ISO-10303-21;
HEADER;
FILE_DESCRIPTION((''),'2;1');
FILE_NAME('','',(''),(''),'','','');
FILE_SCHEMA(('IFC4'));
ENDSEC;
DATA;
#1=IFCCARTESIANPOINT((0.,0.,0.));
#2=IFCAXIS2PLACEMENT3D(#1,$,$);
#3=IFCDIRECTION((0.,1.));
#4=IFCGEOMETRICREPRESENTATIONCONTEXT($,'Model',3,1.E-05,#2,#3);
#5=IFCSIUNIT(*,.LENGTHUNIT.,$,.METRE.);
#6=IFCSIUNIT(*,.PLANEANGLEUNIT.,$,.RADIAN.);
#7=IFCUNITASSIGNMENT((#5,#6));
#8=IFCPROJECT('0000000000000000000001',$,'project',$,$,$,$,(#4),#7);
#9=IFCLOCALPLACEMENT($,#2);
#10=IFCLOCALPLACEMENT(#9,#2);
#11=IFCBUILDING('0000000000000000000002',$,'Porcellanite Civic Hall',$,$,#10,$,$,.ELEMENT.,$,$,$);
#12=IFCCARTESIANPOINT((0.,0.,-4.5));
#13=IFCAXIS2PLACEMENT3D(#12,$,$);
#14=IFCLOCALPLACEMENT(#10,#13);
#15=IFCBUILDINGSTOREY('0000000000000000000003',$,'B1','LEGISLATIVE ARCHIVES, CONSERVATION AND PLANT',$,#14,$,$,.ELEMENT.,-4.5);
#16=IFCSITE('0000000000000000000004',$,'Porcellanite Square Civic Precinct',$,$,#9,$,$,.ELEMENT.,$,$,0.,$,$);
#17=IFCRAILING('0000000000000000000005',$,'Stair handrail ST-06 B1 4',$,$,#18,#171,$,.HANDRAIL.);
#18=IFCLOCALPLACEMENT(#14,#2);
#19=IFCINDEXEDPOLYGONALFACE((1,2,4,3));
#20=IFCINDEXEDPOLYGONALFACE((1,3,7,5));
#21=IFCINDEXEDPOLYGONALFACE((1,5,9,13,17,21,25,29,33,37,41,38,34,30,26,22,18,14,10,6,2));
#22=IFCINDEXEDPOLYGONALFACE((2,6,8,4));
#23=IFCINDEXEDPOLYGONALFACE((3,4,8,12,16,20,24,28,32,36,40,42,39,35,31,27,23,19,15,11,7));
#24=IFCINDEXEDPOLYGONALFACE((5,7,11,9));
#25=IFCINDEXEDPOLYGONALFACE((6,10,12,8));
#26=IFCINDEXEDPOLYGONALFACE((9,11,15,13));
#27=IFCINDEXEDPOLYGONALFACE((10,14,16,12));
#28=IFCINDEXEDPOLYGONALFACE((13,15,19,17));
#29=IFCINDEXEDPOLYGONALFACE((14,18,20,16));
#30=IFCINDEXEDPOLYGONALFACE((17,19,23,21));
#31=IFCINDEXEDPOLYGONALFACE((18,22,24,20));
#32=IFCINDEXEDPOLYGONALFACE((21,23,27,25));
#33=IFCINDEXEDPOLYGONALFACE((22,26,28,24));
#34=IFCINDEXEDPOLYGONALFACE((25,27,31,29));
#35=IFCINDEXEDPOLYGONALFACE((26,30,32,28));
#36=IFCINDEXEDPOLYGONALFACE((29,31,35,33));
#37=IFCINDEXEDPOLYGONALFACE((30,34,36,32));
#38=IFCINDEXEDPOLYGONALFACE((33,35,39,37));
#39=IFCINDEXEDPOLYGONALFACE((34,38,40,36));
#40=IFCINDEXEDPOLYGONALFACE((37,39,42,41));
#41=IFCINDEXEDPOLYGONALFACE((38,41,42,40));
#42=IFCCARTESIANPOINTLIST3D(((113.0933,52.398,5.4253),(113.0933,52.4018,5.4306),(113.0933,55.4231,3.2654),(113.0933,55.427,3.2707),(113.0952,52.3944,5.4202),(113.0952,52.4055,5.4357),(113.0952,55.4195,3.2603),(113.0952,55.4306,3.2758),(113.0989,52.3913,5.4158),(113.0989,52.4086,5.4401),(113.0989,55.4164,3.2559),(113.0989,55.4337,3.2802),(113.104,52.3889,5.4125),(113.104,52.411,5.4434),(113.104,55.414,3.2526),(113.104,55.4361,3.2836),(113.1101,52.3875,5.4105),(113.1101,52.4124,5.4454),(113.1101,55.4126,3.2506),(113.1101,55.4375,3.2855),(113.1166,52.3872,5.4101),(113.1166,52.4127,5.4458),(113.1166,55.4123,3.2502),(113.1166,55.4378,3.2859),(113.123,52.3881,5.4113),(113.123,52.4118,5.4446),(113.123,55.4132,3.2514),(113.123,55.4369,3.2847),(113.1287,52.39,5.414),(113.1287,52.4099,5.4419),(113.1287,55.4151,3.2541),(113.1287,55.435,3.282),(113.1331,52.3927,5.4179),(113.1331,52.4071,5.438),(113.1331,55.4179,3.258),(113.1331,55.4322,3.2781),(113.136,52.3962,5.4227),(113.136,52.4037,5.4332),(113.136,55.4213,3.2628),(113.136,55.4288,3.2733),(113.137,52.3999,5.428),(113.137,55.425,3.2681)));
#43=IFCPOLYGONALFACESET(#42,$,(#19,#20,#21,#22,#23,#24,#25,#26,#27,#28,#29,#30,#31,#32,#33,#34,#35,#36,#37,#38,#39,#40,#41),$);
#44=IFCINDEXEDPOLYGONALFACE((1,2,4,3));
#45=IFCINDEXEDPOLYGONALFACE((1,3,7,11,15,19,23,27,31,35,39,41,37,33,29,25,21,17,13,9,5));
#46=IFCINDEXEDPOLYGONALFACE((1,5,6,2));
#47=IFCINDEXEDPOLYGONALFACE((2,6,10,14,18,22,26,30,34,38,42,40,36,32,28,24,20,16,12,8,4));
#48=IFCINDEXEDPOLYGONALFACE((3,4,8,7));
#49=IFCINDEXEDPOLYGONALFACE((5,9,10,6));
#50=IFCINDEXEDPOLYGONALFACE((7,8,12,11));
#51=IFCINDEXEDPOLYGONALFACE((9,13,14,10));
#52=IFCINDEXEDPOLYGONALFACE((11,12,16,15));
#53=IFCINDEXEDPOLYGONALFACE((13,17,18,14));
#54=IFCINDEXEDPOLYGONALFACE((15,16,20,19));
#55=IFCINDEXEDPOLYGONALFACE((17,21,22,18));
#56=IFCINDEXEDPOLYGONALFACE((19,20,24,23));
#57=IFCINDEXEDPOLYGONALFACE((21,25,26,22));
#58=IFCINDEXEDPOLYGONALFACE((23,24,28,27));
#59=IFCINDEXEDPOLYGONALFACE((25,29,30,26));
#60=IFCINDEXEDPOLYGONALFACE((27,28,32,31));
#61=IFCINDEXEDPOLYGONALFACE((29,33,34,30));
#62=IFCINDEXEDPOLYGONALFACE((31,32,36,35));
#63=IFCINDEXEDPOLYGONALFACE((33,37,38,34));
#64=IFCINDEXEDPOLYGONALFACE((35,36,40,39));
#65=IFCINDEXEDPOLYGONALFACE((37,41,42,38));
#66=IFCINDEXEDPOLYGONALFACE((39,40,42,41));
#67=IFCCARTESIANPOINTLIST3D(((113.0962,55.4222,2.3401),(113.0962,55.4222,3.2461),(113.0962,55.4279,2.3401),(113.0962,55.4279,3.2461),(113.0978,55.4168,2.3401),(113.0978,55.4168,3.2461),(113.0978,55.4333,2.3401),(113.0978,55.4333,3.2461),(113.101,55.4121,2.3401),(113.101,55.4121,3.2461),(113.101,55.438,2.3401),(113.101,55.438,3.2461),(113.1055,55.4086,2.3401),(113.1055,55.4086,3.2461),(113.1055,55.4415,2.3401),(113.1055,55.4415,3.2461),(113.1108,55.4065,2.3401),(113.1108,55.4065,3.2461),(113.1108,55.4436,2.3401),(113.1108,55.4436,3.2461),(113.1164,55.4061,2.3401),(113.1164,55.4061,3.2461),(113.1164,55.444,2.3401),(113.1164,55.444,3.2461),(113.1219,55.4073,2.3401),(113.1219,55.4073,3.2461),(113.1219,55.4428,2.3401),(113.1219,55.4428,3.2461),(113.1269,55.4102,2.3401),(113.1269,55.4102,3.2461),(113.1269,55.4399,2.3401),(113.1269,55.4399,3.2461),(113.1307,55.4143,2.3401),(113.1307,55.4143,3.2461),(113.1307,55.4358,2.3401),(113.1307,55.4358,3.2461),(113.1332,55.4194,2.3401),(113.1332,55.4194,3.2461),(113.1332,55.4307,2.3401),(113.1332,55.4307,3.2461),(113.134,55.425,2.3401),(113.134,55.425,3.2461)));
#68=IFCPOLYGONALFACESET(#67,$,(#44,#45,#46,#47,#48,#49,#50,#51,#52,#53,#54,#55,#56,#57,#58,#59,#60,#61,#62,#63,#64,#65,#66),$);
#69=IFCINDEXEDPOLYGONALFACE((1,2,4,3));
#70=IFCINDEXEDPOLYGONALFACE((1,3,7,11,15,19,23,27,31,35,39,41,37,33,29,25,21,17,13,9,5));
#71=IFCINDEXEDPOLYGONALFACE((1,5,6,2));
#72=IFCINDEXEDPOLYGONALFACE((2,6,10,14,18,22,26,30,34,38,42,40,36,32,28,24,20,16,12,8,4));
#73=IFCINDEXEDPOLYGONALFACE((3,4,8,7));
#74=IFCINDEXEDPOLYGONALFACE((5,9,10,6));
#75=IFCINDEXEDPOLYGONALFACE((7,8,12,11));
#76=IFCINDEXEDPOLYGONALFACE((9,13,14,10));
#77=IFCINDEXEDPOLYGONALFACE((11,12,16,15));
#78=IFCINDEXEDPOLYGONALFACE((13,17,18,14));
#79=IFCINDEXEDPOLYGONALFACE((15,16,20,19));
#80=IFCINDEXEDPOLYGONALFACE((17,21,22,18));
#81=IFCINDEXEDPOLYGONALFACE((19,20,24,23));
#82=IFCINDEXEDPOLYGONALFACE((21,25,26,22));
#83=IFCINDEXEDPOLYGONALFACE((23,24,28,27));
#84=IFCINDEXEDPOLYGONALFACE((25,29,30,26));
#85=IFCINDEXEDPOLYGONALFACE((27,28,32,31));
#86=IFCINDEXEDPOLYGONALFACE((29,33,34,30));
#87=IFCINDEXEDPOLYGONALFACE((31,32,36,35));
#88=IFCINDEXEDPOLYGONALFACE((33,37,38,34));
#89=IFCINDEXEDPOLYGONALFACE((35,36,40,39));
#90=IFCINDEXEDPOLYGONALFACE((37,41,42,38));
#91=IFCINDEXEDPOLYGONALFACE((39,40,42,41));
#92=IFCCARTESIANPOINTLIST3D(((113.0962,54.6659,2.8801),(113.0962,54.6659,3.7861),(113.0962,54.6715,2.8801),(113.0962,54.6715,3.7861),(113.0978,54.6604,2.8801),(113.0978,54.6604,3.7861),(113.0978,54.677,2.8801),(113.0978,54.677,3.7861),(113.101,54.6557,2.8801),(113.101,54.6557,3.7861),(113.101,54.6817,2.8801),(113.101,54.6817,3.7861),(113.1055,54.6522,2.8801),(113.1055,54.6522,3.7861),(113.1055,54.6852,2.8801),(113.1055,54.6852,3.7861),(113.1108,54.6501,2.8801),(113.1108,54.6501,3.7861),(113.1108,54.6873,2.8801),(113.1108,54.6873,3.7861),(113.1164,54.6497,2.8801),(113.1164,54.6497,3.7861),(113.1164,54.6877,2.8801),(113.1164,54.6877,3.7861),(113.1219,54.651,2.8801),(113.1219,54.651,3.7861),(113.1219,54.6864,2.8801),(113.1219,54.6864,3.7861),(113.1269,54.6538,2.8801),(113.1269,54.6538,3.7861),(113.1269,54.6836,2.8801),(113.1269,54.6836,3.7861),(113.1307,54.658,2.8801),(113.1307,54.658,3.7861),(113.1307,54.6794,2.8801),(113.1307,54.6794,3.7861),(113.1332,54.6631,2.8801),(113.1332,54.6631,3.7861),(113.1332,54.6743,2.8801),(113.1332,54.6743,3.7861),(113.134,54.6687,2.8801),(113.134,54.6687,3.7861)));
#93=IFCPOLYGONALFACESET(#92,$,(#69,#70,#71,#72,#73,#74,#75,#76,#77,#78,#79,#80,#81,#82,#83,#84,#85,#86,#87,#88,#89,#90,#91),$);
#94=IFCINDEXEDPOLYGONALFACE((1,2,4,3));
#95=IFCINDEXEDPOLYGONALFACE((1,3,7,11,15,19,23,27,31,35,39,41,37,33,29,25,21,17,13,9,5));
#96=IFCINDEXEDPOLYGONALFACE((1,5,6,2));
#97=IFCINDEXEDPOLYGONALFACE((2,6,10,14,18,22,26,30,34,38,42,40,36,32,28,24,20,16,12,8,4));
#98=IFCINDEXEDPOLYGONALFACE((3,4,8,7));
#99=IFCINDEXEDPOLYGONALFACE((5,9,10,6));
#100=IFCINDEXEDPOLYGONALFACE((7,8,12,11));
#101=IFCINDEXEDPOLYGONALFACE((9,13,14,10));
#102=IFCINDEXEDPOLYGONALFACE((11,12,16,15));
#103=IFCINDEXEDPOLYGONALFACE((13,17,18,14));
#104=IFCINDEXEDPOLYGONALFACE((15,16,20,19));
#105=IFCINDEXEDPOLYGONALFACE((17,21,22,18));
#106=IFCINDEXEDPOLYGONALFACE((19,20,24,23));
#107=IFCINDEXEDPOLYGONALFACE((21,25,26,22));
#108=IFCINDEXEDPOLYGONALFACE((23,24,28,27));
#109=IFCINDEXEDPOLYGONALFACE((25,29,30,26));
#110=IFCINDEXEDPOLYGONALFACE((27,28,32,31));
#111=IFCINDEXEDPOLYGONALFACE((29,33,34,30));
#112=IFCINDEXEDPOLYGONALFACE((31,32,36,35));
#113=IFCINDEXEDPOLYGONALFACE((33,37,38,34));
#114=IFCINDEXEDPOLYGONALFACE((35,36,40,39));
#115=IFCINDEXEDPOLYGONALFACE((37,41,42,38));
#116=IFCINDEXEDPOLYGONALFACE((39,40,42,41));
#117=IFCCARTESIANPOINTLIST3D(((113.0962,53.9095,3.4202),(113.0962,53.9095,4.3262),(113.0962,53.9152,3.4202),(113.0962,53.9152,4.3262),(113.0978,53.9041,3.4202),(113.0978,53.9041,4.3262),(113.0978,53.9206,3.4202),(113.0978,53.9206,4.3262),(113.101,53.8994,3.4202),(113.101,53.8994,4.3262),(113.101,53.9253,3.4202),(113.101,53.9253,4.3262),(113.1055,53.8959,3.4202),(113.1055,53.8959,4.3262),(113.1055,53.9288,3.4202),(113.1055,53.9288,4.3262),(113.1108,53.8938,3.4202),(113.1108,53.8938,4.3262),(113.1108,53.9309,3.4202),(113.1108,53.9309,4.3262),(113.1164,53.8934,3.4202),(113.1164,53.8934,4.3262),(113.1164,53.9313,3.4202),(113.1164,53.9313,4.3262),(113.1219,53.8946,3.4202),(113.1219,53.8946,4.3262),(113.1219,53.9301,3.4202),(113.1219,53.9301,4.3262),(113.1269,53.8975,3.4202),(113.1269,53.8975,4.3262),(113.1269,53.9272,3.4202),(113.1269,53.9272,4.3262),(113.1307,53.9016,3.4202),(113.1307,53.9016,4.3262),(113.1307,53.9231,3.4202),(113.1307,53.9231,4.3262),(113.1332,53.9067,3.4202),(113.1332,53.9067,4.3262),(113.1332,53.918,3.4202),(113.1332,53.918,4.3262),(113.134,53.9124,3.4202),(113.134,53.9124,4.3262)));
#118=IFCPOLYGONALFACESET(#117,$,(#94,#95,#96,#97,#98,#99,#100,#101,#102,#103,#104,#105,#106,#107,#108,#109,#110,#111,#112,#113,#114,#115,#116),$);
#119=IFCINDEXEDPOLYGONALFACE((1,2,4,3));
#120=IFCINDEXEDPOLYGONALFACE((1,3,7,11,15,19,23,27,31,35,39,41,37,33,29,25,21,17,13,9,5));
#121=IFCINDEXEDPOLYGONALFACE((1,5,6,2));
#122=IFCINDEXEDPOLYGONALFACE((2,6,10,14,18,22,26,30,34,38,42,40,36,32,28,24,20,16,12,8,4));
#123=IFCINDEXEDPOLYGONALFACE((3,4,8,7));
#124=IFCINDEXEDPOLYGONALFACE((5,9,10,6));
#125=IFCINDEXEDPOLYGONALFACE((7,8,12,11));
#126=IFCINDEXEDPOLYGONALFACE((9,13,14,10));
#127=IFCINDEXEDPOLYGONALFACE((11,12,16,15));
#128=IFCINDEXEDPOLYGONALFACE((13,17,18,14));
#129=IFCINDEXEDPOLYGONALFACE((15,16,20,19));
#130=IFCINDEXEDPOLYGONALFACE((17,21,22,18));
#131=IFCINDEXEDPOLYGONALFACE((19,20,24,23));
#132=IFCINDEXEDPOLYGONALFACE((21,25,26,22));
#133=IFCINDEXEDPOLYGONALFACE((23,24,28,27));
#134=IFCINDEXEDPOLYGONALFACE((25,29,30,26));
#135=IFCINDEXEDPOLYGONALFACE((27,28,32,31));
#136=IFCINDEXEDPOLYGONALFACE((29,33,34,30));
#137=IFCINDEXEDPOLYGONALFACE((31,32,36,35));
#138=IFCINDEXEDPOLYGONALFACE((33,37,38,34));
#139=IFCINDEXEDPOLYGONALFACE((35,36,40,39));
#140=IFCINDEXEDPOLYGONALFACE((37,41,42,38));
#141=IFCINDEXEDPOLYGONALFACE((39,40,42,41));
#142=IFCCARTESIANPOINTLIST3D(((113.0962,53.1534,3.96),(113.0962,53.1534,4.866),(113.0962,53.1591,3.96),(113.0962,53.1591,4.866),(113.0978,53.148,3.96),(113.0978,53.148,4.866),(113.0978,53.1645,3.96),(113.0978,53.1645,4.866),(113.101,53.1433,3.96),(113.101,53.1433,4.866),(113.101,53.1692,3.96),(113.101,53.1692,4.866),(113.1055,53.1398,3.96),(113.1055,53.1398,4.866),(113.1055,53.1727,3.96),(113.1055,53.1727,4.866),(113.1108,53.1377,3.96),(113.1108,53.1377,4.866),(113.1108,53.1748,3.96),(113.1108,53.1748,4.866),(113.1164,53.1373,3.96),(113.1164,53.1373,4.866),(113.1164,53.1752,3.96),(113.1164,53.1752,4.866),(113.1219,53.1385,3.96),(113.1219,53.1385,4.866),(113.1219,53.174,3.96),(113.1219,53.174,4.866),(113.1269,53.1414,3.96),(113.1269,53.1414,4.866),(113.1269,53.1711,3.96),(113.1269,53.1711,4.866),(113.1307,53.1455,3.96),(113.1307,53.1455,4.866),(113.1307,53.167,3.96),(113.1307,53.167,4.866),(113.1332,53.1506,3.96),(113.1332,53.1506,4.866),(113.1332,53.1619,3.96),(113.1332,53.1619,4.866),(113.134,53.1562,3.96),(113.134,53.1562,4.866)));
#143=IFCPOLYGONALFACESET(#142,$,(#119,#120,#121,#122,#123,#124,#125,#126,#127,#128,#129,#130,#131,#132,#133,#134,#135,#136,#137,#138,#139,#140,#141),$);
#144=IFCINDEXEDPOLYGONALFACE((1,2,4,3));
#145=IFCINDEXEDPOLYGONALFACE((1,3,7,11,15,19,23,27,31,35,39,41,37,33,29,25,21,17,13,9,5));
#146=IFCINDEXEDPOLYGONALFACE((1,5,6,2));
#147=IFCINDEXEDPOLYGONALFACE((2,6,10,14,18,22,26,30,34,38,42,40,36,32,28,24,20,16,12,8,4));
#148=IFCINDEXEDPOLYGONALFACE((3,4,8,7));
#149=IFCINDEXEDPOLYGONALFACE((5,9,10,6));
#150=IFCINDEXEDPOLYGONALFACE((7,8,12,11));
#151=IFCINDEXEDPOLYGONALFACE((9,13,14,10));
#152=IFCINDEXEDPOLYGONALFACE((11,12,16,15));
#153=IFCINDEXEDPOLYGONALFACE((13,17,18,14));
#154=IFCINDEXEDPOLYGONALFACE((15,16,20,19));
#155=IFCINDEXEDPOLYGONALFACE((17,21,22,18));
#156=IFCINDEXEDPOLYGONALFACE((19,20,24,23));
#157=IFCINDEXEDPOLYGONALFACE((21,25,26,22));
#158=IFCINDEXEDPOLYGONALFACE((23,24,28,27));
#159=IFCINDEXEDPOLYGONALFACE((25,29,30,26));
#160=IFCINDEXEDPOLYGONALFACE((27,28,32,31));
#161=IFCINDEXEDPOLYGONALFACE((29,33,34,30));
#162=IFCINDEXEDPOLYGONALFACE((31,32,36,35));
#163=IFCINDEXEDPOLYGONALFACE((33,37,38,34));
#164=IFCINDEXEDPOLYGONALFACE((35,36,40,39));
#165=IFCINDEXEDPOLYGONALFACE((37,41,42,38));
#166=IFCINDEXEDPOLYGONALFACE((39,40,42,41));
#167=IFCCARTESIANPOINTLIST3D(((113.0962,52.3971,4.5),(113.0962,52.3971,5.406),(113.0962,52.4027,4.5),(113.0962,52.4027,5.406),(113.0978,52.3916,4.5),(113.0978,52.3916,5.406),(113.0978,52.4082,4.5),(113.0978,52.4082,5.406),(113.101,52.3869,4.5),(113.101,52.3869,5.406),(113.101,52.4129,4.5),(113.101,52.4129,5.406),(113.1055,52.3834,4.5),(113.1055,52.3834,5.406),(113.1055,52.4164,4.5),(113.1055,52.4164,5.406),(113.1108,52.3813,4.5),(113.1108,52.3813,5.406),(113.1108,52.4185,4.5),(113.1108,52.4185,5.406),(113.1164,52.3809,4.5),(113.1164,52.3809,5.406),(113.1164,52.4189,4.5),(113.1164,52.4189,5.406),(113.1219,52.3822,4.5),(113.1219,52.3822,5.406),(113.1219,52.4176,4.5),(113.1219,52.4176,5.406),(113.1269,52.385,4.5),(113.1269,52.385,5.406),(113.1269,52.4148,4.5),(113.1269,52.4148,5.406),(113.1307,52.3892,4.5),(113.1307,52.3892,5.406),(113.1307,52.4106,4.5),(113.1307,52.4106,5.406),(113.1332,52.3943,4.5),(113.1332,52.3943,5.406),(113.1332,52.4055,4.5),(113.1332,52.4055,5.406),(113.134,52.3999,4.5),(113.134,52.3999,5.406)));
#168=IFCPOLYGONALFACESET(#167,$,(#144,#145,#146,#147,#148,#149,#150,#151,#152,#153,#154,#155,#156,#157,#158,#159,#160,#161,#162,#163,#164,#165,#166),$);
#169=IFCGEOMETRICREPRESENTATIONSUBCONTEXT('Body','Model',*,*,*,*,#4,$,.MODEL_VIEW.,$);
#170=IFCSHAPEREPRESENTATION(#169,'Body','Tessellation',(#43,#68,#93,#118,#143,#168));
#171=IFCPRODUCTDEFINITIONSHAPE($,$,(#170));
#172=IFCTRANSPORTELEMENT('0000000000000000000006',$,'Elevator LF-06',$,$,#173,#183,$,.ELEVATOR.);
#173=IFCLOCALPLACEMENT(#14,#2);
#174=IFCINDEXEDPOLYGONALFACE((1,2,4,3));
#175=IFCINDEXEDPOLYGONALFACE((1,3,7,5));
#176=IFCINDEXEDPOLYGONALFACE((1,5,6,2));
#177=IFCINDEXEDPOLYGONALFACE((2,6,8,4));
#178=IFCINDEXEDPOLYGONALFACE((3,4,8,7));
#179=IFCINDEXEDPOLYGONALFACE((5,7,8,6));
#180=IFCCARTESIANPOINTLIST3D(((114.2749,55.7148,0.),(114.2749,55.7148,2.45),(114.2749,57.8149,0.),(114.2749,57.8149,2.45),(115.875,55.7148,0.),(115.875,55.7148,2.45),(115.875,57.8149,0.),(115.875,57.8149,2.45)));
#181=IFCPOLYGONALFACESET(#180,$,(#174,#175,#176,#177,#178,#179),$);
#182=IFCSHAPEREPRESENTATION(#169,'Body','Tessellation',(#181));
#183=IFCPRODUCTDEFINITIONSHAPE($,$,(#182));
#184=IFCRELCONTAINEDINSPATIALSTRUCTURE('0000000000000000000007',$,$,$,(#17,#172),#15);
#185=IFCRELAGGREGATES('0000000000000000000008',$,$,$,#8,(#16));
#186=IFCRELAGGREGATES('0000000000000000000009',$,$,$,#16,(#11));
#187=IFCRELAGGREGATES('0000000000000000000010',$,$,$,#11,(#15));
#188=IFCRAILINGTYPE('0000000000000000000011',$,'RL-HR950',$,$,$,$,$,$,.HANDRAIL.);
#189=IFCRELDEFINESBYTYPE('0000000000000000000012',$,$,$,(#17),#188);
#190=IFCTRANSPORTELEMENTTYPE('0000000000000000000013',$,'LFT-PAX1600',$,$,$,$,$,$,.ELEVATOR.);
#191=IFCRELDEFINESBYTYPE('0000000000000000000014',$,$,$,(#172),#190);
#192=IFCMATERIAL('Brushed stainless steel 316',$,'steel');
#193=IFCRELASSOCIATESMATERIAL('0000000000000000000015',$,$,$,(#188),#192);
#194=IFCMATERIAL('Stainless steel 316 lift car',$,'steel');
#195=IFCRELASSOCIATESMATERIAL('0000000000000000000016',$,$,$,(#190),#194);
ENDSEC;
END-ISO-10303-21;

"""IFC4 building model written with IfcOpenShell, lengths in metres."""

from ifc_helpers import new_model, si_unit, direction, frame, origin, origin_2d, place, context, subcontext, project, spatial, rectangle, circle, extrude, material, type_object, element, save


model = new_model("IFC4")

# Units and contexts
model_context = context("Model", 3, precision=1e-05, world=origin(), true_north=direction((0.0, 1.0)))
body_context = subcontext(model_context, "Body", "Model", "MODEL_VIEW")
ifc_project = project(units=[si_unit("LENGTHUNIT", "METRE"), si_unit("PLANEANGLEUNIT", "RADIAN")], contexts=[model_context])

# Site, building, storey
site_placement = place(None, origin())
site = spatial("IfcSite", under=ifc_project, at=site_placement, Name="Porcellanite Square Civic Precinct", CompositionType="ELEMENT", RefElevation=0.0)
building_placement = place(site_placement, origin())
building = spatial("IfcBuilding", under=site, at=building_placement, Name="Porcellanite Civic Hall", CompositionType="ELEMENT")
storey_placement = place(building_placement, frame((0.0, 0.0, -4.5)))
storey = spatial("IfcBuildingStorey", under=building, at=storey_placement, Name="B1", Description="LEGISLATIVE ARCHIVES, CONSERVATION AND PLANT", CompositionType="ELEMENT", Elevation=-4.5)

# Railing
ifc_material_1 = material(Name="Brushed stainless steel 316", Category="steel")
railing_type_1 = type_object("IfcRailingType", Name="RL-HR950", PredefinedType="HANDRAIL", material=ifc_material_1)
railing_1_placement = place(storey_placement, frame((113.115, 55.425, 2.3401)))
element("IfcRailing", 1, at=railing_1_placement, inside=storey, type_object=railing_type_1, Name="Stair handrail ST-06 B1 4", PredefinedType="HANDRAIL", context=body_context, shape_type="SweptSolid", body=[
    extrude(circle(Radius=0.022, at=origin_2d()), frame((0.0, 0.0, 0.928), z_axis=(0.0, -0.813849, 0.581077), x_axis=(1.0, 0.0, 0.0)), (0.0, 0.0, 1.0), 3.717),
    extrude(circle(Radius=0.019, at=origin_2d()), origin(), (0.0, 0.0, 1.0), 0.906),
    extrude(circle(Radius=0.019, at=origin_2d()), frame((0.0, -0.7563, 0.54)), (0.0, 0.0, 1.0), 0.906),
    extrude(circle(Radius=0.019, at=origin_2d()), frame((0.0, -1.5127, 1.0801)), (0.0, 0.0, 1.0), 0.906),
    extrude(circle(Radius=0.019, at=origin_2d()), frame((0.0, -2.2688, 1.6199)), (0.0, 0.0, 1.0), 0.906),
    extrude(circle(Radius=0.019, at=origin_2d()), frame((0.0, -3.0251, 2.1599)), (0.0, 0.0, 1.0), 0.906),
])

# Transport element
ifc_material_2 = material(Name="Stainless steel 316 lift car", Category="steel")
transport_element_type = type_object("IfcTransportElementType", Name="LFT-PAX1600", PredefinedType="ELEVATOR", material=ifc_material_2)
transport_element_placement = place(storey_placement, frame((115.075, 56.7649, 0.0), z_axis=(0.0, 0.0, 1.0), x_axis=(1.0, 0.0, 0.0)))
element("IfcTransportElement", 2, at=transport_element_placement, inside=storey, type_object=transport_element_type, Name="Elevator LF-06", PredefinedType="ELEVATOR", context=body_context, shape_type="SweptSolid", body=[
    extrude(rectangle(XDim=1.6001, YDim=2.1001, at=origin_2d()), origin(), (0.0, 0.0, 1.0), 2.45),
])

save(model, "model.ifc")
